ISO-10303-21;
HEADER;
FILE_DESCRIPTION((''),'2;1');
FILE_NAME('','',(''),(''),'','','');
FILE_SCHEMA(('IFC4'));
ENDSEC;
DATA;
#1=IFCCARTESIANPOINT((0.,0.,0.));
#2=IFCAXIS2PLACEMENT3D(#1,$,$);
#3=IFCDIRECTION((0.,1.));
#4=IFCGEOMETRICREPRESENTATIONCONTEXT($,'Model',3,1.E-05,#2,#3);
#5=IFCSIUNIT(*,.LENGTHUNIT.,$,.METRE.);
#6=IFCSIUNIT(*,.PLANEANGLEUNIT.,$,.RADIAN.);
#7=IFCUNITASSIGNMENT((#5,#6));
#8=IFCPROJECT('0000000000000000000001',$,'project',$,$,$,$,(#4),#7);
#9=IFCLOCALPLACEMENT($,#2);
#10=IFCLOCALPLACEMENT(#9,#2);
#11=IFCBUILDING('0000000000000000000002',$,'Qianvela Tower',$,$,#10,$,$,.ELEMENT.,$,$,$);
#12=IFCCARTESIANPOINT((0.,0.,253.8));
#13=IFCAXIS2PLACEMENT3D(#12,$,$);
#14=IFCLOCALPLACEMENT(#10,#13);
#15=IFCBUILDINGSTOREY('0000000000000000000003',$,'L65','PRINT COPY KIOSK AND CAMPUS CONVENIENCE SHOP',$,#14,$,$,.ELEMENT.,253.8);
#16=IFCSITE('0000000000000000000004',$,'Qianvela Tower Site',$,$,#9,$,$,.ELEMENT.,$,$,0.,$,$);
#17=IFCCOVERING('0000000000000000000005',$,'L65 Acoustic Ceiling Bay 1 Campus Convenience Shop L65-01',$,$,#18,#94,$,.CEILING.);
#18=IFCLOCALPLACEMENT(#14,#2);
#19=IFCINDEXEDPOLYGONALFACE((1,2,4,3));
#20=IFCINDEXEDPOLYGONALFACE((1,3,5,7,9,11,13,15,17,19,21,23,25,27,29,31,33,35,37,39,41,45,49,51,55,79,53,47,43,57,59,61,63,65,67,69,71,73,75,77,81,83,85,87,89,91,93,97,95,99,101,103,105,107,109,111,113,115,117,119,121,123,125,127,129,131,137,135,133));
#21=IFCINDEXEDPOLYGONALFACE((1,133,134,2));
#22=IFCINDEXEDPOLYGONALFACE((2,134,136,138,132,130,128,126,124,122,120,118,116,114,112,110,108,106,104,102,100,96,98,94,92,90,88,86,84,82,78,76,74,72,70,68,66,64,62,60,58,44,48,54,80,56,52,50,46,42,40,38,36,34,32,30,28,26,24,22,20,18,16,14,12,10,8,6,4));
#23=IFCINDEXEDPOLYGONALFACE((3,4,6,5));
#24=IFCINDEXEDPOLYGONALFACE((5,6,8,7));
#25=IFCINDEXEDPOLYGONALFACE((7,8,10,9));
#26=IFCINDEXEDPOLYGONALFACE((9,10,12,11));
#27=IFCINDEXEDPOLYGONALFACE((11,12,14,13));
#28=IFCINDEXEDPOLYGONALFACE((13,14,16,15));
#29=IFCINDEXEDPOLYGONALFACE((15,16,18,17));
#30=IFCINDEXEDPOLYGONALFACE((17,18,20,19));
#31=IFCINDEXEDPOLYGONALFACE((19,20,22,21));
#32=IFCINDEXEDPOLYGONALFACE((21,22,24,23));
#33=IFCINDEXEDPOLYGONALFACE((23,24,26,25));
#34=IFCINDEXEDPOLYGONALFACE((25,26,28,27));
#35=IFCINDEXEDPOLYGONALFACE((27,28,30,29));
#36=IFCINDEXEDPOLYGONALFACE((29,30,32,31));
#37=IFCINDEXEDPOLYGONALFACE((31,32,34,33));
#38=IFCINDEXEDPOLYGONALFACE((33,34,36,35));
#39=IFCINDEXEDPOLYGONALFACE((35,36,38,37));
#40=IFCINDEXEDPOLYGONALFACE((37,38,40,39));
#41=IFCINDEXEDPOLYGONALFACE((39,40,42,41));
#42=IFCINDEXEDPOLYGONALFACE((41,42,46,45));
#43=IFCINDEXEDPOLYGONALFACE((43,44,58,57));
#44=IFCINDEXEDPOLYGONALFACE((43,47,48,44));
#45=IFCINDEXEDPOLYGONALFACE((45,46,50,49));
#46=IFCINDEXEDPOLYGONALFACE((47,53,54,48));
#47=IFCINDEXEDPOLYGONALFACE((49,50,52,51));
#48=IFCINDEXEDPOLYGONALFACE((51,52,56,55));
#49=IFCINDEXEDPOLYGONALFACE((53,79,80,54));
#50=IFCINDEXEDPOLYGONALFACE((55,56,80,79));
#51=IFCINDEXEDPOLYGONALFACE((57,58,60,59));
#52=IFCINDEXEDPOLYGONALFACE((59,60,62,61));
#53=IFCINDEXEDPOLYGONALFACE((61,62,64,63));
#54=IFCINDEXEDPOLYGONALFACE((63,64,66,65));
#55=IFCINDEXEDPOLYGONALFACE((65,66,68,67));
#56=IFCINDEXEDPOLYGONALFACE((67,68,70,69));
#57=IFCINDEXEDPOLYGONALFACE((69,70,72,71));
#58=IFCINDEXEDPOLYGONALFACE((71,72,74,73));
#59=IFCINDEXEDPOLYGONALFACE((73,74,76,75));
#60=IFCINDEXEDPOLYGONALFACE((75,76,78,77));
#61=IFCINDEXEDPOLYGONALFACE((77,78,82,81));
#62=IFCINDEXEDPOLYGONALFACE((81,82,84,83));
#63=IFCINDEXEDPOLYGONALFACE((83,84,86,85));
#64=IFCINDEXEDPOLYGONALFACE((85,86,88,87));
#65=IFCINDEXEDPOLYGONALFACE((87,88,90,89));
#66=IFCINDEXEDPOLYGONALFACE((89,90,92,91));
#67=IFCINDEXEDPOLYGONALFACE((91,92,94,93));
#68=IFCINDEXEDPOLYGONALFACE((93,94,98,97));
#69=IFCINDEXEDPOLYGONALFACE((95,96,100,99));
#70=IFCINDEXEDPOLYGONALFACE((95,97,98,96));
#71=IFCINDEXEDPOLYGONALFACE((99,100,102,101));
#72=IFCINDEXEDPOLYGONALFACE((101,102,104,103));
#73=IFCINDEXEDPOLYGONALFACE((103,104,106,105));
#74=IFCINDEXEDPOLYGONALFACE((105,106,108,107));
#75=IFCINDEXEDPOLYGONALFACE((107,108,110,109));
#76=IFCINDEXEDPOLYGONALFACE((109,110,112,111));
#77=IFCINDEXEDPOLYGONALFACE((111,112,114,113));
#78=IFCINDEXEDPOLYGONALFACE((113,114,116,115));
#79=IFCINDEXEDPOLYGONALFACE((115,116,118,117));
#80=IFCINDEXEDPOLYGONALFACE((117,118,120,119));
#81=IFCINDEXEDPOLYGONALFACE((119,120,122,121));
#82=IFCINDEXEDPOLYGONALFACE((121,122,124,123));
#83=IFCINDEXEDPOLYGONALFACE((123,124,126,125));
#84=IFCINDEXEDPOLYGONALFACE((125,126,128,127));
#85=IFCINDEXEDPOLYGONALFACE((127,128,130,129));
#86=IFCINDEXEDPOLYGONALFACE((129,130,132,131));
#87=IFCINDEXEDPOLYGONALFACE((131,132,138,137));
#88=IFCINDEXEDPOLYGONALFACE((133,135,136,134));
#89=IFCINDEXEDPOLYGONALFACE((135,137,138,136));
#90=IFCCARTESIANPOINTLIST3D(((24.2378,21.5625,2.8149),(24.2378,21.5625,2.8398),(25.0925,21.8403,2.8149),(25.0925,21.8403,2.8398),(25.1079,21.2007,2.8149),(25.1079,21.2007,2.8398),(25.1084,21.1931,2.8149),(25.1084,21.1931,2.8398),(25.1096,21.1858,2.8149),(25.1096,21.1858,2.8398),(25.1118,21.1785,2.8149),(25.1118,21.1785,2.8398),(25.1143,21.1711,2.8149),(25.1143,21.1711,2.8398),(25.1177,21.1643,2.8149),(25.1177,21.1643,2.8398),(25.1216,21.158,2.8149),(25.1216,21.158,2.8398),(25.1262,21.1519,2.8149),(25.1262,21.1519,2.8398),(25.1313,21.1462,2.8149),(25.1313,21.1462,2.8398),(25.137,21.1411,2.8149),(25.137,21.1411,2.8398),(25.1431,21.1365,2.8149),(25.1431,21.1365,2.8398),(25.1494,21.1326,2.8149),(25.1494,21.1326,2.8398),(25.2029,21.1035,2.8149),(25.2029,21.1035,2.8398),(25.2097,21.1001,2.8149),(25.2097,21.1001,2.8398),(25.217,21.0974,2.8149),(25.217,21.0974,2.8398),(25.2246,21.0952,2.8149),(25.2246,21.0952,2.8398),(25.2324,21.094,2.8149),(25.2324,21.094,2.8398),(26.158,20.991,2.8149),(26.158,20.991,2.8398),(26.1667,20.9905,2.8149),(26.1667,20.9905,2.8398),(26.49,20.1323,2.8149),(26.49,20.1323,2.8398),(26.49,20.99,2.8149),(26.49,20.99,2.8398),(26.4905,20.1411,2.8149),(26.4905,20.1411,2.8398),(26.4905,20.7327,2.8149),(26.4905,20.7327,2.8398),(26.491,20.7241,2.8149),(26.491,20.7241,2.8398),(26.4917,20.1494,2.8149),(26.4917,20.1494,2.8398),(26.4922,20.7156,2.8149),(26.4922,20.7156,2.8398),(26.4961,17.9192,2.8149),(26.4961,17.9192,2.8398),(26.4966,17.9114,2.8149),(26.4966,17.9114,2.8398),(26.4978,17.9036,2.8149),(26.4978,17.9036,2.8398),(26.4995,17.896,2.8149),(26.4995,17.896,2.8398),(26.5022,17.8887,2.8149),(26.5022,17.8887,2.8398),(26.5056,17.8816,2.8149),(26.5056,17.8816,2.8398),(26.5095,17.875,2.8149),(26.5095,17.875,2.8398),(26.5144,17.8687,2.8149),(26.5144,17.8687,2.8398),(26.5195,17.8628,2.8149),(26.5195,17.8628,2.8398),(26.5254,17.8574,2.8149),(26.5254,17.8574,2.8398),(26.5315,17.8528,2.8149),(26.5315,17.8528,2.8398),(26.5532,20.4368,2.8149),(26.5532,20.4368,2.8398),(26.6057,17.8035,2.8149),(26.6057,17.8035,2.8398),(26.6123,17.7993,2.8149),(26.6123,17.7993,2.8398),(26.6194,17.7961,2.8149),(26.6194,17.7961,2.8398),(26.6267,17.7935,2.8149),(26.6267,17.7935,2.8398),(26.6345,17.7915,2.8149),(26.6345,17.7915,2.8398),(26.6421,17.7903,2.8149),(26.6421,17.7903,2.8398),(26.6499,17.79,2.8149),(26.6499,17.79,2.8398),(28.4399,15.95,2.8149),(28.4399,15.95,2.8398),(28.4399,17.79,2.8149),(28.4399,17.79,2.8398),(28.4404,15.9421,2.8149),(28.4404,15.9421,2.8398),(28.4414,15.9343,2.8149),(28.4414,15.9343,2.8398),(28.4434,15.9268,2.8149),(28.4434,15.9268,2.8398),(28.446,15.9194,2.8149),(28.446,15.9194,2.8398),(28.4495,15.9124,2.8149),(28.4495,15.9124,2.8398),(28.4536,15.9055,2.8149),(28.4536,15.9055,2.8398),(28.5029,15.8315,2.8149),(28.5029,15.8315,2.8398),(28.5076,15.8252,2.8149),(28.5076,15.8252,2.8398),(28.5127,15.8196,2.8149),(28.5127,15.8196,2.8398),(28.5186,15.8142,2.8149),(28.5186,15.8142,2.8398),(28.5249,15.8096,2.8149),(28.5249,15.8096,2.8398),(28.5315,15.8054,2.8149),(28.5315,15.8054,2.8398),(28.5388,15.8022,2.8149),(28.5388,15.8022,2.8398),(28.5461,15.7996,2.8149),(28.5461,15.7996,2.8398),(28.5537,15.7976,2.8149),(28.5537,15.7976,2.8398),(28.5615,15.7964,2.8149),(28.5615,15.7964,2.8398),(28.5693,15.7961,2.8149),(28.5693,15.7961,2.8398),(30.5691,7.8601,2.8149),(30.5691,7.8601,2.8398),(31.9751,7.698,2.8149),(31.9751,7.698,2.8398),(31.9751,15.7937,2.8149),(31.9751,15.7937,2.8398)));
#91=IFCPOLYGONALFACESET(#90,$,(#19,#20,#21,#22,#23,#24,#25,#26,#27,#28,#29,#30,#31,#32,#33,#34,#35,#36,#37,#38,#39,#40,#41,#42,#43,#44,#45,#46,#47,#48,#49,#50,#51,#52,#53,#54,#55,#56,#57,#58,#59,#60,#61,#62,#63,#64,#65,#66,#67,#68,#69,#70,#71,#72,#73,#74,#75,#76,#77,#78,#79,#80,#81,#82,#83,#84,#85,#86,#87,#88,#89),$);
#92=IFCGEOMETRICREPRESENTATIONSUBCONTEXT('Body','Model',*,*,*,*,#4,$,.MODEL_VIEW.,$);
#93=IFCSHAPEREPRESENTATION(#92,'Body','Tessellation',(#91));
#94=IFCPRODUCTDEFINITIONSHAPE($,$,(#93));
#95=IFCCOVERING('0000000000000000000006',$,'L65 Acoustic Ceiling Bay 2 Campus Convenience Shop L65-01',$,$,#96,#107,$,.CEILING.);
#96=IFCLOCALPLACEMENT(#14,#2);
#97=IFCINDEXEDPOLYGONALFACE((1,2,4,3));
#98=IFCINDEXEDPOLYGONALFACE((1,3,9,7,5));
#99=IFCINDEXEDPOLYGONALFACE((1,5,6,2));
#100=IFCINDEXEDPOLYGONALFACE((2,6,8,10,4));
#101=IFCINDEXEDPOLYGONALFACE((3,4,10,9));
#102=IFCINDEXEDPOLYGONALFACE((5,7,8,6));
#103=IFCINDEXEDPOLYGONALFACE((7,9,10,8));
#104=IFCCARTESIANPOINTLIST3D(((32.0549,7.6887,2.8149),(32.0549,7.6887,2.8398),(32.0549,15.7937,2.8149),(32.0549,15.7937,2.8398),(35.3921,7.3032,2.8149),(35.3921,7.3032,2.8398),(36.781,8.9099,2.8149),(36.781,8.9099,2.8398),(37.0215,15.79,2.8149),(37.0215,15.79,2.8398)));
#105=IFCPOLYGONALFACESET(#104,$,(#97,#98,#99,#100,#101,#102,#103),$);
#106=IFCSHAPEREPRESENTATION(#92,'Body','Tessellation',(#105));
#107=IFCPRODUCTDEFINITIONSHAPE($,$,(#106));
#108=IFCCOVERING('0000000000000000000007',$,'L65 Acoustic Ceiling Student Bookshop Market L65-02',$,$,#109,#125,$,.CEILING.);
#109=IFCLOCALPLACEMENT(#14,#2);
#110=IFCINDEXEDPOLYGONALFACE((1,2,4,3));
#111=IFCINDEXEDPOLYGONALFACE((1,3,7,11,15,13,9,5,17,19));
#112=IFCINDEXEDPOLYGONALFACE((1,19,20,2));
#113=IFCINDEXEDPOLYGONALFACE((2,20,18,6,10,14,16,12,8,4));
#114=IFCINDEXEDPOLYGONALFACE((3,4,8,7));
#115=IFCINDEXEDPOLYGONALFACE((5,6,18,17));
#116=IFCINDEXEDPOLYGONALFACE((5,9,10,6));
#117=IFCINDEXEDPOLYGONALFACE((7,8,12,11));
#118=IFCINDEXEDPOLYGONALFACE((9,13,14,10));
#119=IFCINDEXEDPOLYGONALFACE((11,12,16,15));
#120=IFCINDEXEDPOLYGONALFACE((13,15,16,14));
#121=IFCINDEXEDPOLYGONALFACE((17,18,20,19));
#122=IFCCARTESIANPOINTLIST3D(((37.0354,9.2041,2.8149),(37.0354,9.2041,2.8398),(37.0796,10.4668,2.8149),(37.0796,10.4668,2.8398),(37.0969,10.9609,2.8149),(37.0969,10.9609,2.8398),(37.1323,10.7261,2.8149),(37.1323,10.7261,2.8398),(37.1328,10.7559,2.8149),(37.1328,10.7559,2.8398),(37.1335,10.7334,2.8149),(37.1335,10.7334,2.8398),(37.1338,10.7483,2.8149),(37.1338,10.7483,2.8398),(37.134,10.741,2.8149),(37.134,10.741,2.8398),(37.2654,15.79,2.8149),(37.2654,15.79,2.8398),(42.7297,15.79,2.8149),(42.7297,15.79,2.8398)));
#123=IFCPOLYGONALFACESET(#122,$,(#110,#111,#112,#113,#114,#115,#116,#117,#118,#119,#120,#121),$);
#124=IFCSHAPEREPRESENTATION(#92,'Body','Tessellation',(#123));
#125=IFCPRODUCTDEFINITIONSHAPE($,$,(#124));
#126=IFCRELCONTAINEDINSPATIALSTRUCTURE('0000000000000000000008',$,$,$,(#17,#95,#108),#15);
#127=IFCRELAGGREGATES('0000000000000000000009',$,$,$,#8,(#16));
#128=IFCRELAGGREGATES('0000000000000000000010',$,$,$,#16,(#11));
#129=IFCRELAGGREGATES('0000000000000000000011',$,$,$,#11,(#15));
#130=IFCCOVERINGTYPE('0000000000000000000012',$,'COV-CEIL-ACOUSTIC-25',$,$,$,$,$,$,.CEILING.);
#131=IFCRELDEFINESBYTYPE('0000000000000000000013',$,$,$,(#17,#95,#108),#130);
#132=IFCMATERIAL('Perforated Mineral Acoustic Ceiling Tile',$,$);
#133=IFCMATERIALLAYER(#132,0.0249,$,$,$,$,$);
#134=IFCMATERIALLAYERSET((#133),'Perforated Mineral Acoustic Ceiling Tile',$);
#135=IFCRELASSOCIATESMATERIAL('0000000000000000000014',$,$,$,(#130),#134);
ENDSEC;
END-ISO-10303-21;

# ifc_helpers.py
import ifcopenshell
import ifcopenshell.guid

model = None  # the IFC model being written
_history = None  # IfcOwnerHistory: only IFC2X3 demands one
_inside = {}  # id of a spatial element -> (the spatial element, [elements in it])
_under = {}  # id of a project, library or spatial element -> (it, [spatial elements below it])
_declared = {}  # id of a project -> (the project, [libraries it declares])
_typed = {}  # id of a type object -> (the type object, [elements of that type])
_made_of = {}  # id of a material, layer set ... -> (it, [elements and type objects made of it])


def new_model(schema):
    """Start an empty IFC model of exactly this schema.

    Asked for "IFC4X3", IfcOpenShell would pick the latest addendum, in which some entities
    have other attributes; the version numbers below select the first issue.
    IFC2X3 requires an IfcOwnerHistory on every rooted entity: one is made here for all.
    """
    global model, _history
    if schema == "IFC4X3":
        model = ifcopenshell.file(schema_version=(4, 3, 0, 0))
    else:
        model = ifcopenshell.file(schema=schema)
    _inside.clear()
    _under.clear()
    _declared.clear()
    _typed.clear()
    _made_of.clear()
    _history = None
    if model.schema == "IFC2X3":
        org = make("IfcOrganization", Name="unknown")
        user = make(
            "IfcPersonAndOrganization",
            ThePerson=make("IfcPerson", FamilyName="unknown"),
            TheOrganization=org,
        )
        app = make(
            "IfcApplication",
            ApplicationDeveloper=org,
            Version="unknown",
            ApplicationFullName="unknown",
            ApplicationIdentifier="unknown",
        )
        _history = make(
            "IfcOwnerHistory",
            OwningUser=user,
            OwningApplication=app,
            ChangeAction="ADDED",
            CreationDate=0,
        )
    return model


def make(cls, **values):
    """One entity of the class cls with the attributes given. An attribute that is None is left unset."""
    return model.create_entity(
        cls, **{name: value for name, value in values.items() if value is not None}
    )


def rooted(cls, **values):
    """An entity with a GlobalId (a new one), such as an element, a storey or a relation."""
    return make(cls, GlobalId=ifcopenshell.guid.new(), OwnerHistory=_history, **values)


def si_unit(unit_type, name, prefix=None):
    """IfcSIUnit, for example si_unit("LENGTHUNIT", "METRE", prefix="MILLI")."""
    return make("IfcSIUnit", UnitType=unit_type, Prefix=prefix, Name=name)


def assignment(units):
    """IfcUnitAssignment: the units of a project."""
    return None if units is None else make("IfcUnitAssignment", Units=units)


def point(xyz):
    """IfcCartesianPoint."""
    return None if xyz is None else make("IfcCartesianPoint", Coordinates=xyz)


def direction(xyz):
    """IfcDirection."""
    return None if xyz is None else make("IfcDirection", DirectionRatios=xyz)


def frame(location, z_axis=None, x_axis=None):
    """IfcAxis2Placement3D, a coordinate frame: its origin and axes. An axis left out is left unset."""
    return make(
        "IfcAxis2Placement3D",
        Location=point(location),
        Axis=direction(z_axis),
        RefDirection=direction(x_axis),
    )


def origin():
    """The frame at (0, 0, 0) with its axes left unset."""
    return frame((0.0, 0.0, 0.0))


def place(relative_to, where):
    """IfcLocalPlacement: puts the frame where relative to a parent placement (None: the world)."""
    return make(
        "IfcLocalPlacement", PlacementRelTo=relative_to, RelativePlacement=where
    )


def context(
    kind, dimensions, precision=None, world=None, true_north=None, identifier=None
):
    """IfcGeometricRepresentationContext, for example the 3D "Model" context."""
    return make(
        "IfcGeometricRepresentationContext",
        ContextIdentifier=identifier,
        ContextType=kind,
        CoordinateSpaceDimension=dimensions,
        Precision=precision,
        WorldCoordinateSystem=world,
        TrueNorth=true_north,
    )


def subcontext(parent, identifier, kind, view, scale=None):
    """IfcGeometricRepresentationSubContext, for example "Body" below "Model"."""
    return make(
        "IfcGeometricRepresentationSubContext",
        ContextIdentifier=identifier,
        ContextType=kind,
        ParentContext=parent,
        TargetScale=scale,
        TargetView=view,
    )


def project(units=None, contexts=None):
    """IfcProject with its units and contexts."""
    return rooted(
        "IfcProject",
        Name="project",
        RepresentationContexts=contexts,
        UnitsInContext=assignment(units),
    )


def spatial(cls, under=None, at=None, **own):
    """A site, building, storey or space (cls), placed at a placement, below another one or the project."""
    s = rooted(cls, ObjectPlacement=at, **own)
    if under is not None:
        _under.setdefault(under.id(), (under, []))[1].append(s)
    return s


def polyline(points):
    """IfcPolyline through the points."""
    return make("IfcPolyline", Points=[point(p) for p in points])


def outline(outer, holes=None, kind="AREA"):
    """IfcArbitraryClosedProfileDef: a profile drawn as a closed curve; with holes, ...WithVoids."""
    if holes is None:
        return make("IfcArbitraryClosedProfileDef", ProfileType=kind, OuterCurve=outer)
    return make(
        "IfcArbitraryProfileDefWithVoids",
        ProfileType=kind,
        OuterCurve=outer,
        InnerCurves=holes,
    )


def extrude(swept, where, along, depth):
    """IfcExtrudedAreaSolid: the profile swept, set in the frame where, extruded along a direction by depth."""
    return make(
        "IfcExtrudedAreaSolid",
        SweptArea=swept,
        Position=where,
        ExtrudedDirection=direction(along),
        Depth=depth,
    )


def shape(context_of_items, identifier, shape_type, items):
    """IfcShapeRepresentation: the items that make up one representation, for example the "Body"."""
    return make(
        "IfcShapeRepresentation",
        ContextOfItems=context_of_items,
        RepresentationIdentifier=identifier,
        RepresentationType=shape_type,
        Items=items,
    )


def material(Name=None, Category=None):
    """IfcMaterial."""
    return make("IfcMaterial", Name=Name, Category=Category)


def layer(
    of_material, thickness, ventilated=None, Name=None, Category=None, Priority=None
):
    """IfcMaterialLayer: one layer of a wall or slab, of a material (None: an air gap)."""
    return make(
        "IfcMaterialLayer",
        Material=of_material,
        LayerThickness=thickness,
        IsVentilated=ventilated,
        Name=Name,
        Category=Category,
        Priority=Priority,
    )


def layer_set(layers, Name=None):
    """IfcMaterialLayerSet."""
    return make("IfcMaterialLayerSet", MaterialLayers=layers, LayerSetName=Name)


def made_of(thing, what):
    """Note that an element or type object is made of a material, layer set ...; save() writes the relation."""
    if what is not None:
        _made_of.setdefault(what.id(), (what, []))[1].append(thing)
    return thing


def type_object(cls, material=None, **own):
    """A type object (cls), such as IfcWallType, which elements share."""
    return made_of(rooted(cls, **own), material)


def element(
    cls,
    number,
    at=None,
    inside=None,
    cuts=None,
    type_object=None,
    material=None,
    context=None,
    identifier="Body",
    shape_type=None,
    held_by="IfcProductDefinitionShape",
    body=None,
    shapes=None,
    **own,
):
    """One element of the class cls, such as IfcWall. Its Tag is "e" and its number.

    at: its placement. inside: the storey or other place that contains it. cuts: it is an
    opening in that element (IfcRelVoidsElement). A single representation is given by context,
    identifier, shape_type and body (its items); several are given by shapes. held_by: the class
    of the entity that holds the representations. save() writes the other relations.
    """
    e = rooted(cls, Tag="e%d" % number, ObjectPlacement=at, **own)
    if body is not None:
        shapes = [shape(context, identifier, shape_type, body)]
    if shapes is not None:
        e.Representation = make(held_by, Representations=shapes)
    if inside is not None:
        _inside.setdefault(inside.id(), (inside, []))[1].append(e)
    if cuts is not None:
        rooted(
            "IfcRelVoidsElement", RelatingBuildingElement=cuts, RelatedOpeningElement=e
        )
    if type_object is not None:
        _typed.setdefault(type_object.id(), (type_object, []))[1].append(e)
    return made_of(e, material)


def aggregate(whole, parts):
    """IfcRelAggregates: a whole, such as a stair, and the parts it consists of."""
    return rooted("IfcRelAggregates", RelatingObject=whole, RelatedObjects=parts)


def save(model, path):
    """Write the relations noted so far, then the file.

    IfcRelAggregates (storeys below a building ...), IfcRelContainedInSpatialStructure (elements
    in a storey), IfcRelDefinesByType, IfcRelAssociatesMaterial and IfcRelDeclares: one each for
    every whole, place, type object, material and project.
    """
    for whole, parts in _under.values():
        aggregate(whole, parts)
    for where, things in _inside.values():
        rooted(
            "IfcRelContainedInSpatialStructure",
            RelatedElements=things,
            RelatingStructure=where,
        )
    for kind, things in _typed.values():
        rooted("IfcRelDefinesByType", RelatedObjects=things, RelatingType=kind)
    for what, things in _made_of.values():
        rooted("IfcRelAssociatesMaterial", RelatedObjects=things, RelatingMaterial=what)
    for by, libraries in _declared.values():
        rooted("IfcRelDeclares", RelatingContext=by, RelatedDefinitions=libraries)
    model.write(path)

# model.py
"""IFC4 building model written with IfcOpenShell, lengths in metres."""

from ifc_helpers import new_model, si_unit, direction, frame, origin, place, context, subcontext, project, spatial, polyline, outline, extrude, material, layer, layer_set, type_object, element, save


model = new_model("IFC4")

# Units and contexts
model_context = context("Model", 3, precision=1e-05, world=origin(), true_north=direction((0.0, 1.0)))
body_context = subcontext(model_context, "Body", "Model", "MODEL_VIEW")
ifc_project = project(units=[si_unit("LENGTHUNIT", "METRE"), si_unit("PLANEANGLEUNIT", "RADIAN")], contexts=[model_context])

# Site, building, storey
site_placement = place(None, origin())
site = spatial("IfcSite", under=ifc_project, at=site_placement, Name="Qianvela Tower Site", CompositionType="ELEMENT", RefElevation=0.0)
building_placement = place(site_placement, origin())
building = spatial("IfcBuilding", under=site, at=building_placement, Name="Qianvela Tower", CompositionType="ELEMENT")
storey_placement = place(building_placement, frame((0.0, 0.0, 253.8)))
storey = spatial("IfcBuildingStorey", under=building, at=storey_placement, Name="L65", Description="PRINT COPY KIOSK AND CAMPUS CONVENIENCE SHOP", CompositionType="ELEMENT", Elevation=253.8)

# Coverings
ifc_material_1 = material(Name="Perforated Mineral Acoustic Ceiling Tile")
ifc_layer_1 = layer(ifc_material_1, 0.0249)
ifc_layer_set_1 = layer_set([ifc_layer_1], Name="Perforated Mineral Acoustic Ceiling Tile")
covering_type_1 = type_object("IfcCoveringType", Name="COV-CEIL-ACOUSTIC-25", PredefinedType="CEILING", material=ifc_layer_set_1)
covering_1_placement = place(storey_placement, frame((0.0, 0.0, 2.8149)))
element("IfcCovering", 1, at=covering_1_placement, inside=storey, type_object=covering_type_1, Name="L65 Acoustic Ceiling Bay 1 Campus Convenience Shop L65-01", PredefinedType="CEILING", context=body_context, shape_type="SweptSolid", body=[
    extrude(outline(polyline([(25.1084, 21.1931), (25.1096, 21.1858), (25.1118, 21.1785), (25.1143, 21.1711), (25.1177, 21.1643), (25.1216, 21.158), (25.1262, 21.1519), (25.1313, 21.1462), (25.137, 21.1411), (25.1431, 21.1365), (25.1494, 21.1326), (25.2029, 21.1035), (25.2097, 21.1001), (25.217, 21.0974), (25.2246, 21.0952), (25.2324, 21.094), (26.158, 20.991), (26.1667, 20.9905), (26.49, 20.99), (26.4905, 20.7327), (26.491, 20.7241), (26.4922, 20.7156), (26.5532, 20.4368), (26.4917, 20.1494), (26.4905, 20.1411), (26.49, 20.1323), (26.4961, 17.9192), (26.4966, 17.9114), (26.4978, 17.9036), (26.4995, 17.896), (26.5022, 17.8887), (26.5056, 17.8816), (26.5095, 17.875), (26.5144, 17.8687), (26.5195, 17.8628), (26.5254, 17.8574), (26.5315, 17.8528), (26.6057, 17.8035), (26.6123, 17.7993), (26.6194, 17.7961), (26.6267, 17.7935), (26.6345, 17.7915), (26.6421, 17.7903), (26.6499, 17.79), (28.4399, 17.79), (28.4399, 15.95), (28.4404, 15.9421), (28.4414, 15.9343), (28.4434, 15.9268), (28.446, 15.9194), (28.4495, 15.9124), (28.4536, 15.9055), (28.5029, 15.8315), (28.5076, 15.8252), (28.5127, 15.8196), (28.5186, 15.8142), (28.5249, 15.8096), (28.5315, 15.8054), (28.5388, 15.8022), (28.5461, 15.7996), (28.5537, 15.7976), (28.5615, 15.7964), (28.5693, 15.7961), (31.9751, 15.7937), (31.9751, 7.698), (30.5691, 7.8601), (24.2378, 21.5625), (25.0925, 21.8403), (25.1079, 21.2007), (25.1084, 21.1931)])), origin(), (0.0, 0.0, 1.0), 0.0249),
])
covering_2_placement = place(storey_placement, frame((0.0, 0.0, 2.8149)))
element("IfcCovering", 2, at=covering_2_placement, inside=storey, type_object=covering_type_1, Name="L65 Acoustic Ceiling Bay 2 Campus Convenience Shop L65-01", PredefinedType="CEILING", context=body_context, shape_type="SweptSolid", body=[
    extrude(outline(polyline([(37.0215, 15.79), (36.781, 8.9099), (35.3921, 7.3032), (32.0549, 7.6887), (32.0549, 15.7937), (37.0215, 15.79)])), origin(), (0.0, 0.0, 1.0), 0.0249),
])
covering_3_placement = place(storey_placement, frame((0.0, 0.0, 2.8149)))
element("IfcCovering", 3, at=covering_3_placement, inside=storey, type_object=covering_type_1, Name="L65 Acoustic Ceiling Student Bookshop Market L65-02", PredefinedType="CEILING", context=body_context, shape_type="SweptSolid", body=[
    extrude(outline(polyline([(37.0796, 10.4668), (37.1323, 10.7261), (37.1335, 10.7334), (37.134, 10.741), (37.1338, 10.7483), (37.1328, 10.7559), (37.0969, 10.9609), (37.2654, 15.79), (42.7297, 15.79), (37.0354, 9.2041), (37.0796, 10.4668)])), origin(), (0.0, 0.0, 1.0), 0.0249),
])

save(model, "model.ifc")
